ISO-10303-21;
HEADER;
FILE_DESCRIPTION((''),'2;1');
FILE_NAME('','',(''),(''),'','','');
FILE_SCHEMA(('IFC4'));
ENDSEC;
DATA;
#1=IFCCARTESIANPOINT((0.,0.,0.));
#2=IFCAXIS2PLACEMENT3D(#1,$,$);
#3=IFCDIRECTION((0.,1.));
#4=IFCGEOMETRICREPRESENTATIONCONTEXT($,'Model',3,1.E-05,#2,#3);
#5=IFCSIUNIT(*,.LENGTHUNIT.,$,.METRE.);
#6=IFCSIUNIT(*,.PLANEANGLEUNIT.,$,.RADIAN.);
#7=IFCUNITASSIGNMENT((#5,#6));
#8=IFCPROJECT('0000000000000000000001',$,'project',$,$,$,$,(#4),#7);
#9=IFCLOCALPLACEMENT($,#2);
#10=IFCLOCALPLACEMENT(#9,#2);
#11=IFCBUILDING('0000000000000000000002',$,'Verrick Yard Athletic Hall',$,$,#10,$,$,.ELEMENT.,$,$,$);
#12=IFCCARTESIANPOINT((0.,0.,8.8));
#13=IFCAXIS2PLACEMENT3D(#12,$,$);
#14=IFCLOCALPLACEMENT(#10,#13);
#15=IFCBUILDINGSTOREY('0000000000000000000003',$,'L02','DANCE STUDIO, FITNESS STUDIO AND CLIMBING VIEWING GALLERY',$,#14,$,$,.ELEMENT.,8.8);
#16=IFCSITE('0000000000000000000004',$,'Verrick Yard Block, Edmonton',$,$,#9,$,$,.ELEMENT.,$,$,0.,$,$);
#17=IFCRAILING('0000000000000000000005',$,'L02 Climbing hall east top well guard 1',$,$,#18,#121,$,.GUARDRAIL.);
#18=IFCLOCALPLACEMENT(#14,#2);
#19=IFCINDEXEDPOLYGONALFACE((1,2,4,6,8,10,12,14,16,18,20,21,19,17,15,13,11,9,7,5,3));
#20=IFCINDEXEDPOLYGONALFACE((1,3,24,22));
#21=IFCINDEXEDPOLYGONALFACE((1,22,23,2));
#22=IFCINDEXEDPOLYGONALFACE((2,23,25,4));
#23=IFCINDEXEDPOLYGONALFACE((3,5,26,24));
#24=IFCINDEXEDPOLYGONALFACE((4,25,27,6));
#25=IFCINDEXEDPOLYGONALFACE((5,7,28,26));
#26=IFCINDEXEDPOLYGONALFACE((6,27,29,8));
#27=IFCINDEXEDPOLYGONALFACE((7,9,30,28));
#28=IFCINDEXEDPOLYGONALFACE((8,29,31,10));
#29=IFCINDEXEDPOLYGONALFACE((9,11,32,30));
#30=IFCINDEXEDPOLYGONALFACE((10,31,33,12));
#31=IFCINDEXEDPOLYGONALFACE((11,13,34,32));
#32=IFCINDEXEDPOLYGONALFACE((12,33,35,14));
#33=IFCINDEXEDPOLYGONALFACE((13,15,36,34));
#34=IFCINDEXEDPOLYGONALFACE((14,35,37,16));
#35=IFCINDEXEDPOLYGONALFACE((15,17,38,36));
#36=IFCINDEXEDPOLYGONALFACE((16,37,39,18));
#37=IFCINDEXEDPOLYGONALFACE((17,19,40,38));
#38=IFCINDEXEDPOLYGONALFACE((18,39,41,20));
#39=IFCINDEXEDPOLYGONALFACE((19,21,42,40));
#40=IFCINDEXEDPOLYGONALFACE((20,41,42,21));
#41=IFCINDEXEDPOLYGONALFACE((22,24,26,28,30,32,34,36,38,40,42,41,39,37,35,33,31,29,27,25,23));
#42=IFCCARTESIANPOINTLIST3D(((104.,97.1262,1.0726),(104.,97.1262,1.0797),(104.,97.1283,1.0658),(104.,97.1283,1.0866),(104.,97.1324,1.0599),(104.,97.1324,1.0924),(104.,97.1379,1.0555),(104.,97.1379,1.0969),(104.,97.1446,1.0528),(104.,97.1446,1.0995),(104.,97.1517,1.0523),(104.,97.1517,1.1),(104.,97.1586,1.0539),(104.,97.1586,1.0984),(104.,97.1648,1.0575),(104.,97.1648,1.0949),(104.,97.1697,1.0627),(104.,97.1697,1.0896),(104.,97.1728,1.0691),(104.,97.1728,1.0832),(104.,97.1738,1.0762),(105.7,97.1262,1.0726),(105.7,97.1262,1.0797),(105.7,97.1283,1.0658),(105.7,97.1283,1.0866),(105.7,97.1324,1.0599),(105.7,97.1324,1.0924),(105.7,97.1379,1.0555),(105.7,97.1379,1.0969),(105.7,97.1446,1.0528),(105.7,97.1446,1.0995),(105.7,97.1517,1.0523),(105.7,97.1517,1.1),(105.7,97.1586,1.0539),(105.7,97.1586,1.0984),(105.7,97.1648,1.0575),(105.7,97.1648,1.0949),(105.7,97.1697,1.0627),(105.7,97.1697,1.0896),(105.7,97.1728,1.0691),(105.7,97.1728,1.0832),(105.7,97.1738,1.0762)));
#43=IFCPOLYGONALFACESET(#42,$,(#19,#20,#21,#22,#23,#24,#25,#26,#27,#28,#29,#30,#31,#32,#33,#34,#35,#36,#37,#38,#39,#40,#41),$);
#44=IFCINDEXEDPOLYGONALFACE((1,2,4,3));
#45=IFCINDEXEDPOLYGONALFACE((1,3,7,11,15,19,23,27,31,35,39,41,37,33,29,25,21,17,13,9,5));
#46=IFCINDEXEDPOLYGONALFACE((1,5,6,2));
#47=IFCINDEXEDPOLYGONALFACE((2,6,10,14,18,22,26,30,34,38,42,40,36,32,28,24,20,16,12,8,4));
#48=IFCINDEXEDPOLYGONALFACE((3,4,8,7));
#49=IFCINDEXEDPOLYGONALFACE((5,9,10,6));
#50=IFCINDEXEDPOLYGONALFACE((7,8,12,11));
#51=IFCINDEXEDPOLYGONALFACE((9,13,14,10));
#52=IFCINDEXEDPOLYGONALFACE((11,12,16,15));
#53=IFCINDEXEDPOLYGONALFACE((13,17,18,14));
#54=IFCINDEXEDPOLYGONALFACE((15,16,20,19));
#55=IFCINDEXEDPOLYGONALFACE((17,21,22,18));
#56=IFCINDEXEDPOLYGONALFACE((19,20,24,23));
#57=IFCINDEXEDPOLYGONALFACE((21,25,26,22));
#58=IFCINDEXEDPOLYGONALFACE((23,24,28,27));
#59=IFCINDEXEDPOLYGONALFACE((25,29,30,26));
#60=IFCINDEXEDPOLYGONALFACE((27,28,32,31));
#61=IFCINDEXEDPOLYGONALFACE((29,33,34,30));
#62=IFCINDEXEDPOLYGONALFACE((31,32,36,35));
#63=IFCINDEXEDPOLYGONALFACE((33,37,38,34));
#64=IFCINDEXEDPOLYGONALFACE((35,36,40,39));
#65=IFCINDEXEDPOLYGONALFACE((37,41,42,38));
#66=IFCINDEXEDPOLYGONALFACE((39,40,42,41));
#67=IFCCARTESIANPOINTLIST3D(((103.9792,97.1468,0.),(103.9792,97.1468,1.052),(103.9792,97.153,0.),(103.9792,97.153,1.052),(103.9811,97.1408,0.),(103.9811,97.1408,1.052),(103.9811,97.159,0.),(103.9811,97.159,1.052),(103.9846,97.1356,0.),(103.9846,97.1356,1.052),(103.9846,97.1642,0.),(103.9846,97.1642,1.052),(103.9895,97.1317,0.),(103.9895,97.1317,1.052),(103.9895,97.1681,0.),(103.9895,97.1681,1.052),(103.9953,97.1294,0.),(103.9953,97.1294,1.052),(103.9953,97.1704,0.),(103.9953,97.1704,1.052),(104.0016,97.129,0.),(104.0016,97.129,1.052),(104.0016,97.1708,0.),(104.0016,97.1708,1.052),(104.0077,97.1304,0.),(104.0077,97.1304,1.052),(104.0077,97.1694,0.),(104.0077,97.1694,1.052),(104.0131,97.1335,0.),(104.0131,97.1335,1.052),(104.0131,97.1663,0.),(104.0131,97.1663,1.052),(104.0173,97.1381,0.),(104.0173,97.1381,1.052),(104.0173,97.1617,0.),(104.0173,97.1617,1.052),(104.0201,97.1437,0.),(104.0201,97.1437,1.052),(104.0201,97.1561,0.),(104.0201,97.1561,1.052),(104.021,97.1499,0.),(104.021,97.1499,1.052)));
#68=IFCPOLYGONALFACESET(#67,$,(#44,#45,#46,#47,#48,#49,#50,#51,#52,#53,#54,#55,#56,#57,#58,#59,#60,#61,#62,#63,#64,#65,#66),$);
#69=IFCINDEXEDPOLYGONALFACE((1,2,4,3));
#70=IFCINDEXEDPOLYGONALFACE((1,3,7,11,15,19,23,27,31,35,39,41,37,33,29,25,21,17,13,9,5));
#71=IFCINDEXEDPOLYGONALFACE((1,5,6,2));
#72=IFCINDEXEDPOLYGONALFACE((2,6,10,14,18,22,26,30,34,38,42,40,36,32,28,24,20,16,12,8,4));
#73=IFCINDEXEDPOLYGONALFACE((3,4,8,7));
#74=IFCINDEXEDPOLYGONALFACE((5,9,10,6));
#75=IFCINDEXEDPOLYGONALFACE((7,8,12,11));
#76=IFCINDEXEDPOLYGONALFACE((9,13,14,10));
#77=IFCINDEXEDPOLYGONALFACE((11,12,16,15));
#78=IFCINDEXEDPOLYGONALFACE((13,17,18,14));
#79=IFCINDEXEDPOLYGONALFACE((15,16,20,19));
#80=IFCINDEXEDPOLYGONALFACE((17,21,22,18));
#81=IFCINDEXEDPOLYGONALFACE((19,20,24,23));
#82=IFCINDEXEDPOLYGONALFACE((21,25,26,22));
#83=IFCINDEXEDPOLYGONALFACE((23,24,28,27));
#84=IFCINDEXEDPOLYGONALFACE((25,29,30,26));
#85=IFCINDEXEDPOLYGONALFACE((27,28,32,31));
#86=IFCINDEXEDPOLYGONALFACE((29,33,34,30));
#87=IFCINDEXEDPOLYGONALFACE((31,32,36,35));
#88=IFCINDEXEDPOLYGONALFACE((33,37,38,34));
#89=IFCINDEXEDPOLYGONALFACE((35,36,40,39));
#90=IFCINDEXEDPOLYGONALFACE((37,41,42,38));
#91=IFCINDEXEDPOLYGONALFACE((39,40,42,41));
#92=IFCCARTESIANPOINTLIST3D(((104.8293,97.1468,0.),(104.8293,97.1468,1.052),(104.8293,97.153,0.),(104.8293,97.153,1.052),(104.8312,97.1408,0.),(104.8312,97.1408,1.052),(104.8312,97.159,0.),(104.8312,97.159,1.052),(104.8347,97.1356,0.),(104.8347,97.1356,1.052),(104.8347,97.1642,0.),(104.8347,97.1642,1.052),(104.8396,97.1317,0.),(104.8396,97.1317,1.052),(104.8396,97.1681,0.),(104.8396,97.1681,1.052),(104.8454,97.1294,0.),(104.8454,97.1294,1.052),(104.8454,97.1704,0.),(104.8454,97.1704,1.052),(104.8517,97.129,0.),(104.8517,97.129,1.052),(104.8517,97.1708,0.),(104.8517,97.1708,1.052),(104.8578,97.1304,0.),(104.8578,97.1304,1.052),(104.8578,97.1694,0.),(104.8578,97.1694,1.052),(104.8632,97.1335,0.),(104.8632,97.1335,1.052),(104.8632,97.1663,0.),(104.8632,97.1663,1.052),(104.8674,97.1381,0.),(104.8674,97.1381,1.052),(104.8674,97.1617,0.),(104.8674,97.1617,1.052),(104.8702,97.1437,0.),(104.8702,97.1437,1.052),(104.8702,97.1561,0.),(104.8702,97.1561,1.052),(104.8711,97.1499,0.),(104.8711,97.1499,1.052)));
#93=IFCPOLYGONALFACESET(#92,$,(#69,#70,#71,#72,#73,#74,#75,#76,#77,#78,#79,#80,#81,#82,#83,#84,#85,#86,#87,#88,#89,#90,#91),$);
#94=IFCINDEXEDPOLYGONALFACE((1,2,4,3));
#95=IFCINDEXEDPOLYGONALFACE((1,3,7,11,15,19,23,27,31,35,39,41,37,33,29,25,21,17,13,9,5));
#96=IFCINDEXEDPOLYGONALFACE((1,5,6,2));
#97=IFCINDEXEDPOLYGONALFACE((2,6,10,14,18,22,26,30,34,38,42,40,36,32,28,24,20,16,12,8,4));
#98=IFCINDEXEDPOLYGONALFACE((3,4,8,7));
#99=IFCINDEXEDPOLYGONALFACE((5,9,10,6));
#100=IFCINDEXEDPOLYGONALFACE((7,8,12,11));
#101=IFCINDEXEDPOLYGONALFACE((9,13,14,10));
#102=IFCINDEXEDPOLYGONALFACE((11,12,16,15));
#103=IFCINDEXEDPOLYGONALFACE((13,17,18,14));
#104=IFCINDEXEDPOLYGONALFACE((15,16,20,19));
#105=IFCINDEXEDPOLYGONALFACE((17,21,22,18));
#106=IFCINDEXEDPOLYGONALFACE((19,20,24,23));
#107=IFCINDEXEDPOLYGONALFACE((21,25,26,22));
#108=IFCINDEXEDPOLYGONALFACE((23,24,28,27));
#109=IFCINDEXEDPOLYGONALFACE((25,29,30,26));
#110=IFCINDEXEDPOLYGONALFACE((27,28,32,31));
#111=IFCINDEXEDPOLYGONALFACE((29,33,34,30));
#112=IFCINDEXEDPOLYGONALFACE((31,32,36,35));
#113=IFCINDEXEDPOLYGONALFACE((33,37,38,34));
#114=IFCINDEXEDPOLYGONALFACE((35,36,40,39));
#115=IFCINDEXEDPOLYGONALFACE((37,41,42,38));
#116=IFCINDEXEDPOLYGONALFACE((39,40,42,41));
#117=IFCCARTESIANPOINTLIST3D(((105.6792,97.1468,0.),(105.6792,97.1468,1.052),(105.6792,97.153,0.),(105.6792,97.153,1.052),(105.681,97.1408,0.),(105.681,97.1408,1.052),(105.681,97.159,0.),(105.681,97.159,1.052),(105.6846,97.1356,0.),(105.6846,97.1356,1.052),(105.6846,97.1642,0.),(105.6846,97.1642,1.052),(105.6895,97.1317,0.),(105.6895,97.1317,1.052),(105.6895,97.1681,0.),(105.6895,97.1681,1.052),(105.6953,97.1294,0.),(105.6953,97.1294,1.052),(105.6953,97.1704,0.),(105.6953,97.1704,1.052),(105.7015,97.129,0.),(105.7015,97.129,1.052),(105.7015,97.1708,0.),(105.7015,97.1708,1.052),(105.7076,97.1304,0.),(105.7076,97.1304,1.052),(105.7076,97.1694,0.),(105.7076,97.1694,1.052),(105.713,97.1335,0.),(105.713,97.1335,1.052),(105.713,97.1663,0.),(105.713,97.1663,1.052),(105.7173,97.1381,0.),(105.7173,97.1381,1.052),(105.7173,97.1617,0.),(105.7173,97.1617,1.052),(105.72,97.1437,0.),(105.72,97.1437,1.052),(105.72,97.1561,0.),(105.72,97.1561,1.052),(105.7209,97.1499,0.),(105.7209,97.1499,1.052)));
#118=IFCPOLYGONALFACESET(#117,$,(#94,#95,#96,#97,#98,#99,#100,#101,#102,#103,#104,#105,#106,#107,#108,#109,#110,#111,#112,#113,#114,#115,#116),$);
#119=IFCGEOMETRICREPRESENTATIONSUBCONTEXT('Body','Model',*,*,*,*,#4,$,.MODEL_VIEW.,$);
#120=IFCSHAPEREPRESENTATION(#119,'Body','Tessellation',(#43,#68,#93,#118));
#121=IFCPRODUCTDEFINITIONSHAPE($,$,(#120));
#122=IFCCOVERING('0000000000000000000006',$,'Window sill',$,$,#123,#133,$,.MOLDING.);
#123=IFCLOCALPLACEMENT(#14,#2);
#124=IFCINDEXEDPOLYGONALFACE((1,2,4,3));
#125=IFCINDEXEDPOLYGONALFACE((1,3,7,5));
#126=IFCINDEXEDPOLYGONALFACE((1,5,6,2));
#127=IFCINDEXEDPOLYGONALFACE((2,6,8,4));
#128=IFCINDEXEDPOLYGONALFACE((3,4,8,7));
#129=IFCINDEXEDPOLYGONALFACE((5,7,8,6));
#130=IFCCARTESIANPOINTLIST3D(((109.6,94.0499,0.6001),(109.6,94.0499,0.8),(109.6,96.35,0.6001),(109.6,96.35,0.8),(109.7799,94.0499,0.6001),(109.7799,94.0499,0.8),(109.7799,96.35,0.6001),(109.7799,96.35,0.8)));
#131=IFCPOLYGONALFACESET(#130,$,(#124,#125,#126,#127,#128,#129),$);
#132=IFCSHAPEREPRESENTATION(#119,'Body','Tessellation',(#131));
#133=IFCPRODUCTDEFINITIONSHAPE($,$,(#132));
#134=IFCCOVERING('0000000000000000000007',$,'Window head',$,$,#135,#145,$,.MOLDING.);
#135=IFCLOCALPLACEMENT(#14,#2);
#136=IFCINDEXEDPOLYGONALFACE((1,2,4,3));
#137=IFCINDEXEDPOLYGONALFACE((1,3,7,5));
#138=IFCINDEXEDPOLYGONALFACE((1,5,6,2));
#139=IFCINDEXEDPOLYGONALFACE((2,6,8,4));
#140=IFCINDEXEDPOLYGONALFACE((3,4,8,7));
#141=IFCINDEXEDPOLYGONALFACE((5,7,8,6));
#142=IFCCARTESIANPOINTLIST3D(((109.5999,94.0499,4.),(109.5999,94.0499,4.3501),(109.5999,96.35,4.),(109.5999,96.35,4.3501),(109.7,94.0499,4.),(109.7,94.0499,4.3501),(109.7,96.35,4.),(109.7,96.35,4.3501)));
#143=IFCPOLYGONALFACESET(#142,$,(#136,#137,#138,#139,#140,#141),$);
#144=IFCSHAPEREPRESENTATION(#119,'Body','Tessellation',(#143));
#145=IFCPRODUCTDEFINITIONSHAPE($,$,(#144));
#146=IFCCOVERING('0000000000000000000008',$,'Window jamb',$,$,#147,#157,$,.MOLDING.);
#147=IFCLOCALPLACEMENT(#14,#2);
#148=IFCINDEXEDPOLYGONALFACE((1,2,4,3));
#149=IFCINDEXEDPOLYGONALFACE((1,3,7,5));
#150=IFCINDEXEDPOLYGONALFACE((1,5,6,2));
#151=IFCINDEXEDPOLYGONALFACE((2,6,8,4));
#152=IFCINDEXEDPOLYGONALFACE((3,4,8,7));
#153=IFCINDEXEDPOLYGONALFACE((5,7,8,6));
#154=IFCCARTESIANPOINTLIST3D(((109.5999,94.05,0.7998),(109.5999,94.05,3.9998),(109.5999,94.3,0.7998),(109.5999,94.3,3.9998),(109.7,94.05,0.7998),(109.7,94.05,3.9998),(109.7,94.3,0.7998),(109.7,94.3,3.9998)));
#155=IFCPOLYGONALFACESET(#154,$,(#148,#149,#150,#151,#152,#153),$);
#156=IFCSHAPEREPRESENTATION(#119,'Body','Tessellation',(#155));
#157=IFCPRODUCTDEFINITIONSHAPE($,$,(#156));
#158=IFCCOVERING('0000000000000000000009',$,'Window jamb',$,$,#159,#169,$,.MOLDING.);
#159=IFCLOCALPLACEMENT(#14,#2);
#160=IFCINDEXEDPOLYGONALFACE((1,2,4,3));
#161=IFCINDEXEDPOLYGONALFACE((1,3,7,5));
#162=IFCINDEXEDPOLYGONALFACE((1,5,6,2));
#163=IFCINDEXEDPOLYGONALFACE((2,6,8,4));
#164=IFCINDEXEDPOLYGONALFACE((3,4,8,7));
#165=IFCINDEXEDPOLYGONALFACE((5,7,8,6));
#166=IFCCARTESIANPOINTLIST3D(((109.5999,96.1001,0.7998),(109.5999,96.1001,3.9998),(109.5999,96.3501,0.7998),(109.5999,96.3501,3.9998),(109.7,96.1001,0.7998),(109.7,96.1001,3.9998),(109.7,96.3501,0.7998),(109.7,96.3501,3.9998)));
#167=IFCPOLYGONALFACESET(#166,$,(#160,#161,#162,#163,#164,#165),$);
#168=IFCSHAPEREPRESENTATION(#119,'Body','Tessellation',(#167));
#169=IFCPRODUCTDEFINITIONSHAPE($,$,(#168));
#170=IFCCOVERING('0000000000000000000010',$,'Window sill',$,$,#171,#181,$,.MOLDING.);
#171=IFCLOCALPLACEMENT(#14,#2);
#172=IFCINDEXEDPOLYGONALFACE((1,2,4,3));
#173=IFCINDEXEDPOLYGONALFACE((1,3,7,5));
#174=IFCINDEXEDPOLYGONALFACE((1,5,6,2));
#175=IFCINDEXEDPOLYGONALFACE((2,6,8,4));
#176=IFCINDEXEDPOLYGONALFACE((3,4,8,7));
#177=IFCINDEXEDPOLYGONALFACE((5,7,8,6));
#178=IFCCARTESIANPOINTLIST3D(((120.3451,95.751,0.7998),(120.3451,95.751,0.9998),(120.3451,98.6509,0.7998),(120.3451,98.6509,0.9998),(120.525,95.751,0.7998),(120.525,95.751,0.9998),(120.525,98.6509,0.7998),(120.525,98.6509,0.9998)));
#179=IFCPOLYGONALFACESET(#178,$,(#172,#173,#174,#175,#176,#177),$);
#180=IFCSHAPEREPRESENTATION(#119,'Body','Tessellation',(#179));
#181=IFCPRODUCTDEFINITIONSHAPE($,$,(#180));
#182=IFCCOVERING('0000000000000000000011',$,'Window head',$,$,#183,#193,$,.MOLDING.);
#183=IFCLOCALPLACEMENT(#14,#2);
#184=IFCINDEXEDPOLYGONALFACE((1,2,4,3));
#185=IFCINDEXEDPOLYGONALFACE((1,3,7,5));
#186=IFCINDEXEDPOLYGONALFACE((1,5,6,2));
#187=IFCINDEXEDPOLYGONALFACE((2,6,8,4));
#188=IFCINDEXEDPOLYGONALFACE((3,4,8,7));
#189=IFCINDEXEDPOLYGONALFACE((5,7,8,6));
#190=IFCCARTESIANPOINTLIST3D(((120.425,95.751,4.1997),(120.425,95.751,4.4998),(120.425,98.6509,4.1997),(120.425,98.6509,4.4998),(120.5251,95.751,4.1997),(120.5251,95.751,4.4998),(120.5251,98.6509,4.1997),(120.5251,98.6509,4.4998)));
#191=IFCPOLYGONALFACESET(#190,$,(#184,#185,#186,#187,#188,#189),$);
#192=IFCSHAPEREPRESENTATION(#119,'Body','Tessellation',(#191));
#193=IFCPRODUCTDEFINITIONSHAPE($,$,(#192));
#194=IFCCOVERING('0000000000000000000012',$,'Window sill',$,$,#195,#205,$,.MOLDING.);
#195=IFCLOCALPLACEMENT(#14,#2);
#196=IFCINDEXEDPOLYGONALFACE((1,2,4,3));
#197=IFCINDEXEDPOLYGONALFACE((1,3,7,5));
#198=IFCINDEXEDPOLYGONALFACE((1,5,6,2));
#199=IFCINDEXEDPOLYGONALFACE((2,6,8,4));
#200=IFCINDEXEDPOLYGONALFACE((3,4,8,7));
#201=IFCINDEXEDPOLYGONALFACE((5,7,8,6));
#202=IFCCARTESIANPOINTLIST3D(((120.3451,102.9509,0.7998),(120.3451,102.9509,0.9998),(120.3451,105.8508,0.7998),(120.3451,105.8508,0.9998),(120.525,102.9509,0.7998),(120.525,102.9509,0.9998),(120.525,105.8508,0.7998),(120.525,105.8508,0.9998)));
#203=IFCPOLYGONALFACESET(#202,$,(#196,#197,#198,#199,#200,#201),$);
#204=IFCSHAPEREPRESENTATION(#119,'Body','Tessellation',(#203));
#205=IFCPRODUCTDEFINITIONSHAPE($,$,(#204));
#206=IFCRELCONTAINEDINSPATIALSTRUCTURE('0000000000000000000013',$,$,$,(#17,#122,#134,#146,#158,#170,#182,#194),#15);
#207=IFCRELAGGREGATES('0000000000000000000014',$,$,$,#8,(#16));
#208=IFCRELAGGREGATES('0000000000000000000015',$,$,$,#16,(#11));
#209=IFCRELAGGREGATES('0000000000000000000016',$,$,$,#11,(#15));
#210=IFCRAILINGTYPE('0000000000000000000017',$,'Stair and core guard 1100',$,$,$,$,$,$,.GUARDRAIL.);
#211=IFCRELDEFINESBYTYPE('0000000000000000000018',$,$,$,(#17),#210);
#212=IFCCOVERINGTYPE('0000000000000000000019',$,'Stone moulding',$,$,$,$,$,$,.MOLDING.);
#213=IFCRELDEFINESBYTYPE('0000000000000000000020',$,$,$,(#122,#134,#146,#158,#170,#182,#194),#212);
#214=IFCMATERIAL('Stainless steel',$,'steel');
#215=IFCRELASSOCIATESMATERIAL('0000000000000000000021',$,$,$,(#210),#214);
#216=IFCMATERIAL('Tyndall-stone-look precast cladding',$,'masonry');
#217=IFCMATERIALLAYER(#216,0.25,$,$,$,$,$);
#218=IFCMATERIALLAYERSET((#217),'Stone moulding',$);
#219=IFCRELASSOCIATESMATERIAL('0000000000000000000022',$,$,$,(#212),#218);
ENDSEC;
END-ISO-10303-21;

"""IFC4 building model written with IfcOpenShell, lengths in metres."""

from ifc_helpers import new_model, si_unit, direction, frame, origin, origin_2d, place, context, subcontext, project, spatial, rectangle, circle, extrude, material, layer, layer_set, type_object, element, save


model = new_model("IFC4")

# Units and contexts
model_context = context("Model", 3, precision=1e-05, world=origin(), true_north=direction((0.0, 1.0)))
body_context = subcontext(model_context, "Body", "Model", "MODEL_VIEW")
ifc_project = project(units=[si_unit("LENGTHUNIT", "METRE"), si_unit("PLANEANGLEUNIT", "RADIAN")], contexts=[model_context])

# Site, building, storey
site_placement = place(None, origin())
site = spatial("IfcSite", under=ifc_project, at=site_placement, Name="Verrick Yard Block, Edmonton", CompositionType="ELEMENT", RefElevation=0.0)
building_placement = place(site_placement, origin())
building = spatial("IfcBuilding", under=site, at=building_placement, Name="Verrick Yard Athletic Hall", CompositionType="ELEMENT")
storey_placement = place(building_placement, frame((0.0, 0.0, 8.8)))
storey = spatial("IfcBuildingStorey", under=building, at=storey_placement, Name="L02", Description="DANCE STUDIO, FITNESS STUDIO AND CLIMBING VIEWING GALLERY", CompositionType="ELEMENT", Elevation=8.8)

# Shared definitions
ifc_material_1 = material(Name="Tyndall-stone-look precast cladding", Category="masonry")

# Railing
ifc_material_2 = material(Name="Stainless steel", Category="steel")
railing_type = type_object("IfcRailingType", Name="Stair and core guard 1100", PredefinedType="GUARDRAIL", material=ifc_material_2)
railing_placement = place(storey_placement, frame((104.0, 97.1499, 0.0)))
element("IfcRailing", 1, at=railing_placement, inside=storey, type_object=railing_type, Name="L02 Climbing hall east top well guard 1", PredefinedType="GUARDRAIL", context=body_context, shape_type="SweptSolid", body=[
    extrude(circle(Radius=0.0239, at=origin_2d()), frame((0.0, 0.0, 1.0762), z_axis=(1.0, 0.0, 0.0), x_axis=(0.0, 1.0, 0.0)), (0.0, 0.0, 1.0), 1.7),
    extrude(circle(Radius=0.021, at=origin_2d()), origin(), (0.0, 0.0, 1.0), 1.052),
    extrude(circle(Radius=0.021, at=origin_2d()), frame((0.8501, 0.0, 0.0)), (0.0, 0.0, 1.0), 1.052),
    extrude(circle(Radius=0.021, at=origin_2d()), frame((1.7, 0.0, 0.0)), (0.0, 0.0, 1.0), 1.052),
])

# Coverings
ifc_layer_1 = layer(ifc_material_1, 0.25)
ifc_layer_set_1 = layer_set([ifc_layer_1], Name="Stone moulding")
covering_type = type_object("IfcCoveringType", Name="Stone moulding", PredefinedType="MOLDING", material=ifc_layer_set_1)
covering_1_placement = place(storey_placement, frame((109.6899, 95.2, 0.6001), z_axis=(0.0, 0.0, 1.0), x_axis=(0.0, 1.0, 0.0)))
element("IfcCovering", 2, at=covering_1_placement, inside=storey, type_object=covering_type, Name="Window sill", PredefinedType="MOLDING", context=body_context, shape_type="SweptSolid", body=[
    extrude(rectangle(XDim=2.3, YDim=0.1799, at=origin_2d()), origin(), (0.0, 0.0, 1.0), 0.2),
])
covering_2_placement = place(storey_placement, frame((109.6499, 95.2, 4.0), z_axis=(0.0, 0.0, 1.0), x_axis=(0.0, 1.0, 0.0)))
element("IfcCovering", 3, at=covering_2_placement, inside=storey, type_object=covering_type, Name="Window head", PredefinedType="MOLDING", context=body_context, shape_type="SweptSolid", body=[
    extrude(rectangle(XDim=2.3, YDim=0.1001, at=origin_2d()), origin(), (0.0, 0.0, 1.0), 0.3501),
])
for number, where, z_axis, x_axis, name in (
    (4, (109.6499, 94.175, 0.7998), (0.0, 0.0, 1.0), (0.0, 1.0, 0.0), "Window jamb"),
    (5, (109.6499, 96.2251, 0.7998), (0.0, 0.0, 1.0), (0.0, 1.0, 0.0), "Window jamb"),
):
    element("IfcCovering", number, at=place(storey_placement, frame(where, z_axis=z_axis, x_axis=x_axis)), inside=storey, type_object=covering_type, Name=name, PredefinedType="MOLDING", context=body_context, shape_type="SweptSolid", body=[
        extrude(rectangle(XDim=0.25, YDim=0.1001, at=origin_2d()), origin(), (0.0, 0.0, 1.0), 3.2),
    ])
covering_3_placement = place(storey_placement, frame((120.4351, 97.2009, 0.7998), z_axis=(0.0, 0.0, 1.0), x_axis=(0.0, 1.0, 0.0)))
element("IfcCovering", 6, at=covering_3_placement, inside=storey, type_object=covering_type, Name="Window sill", PredefinedType="MOLDING", context=body_context, shape_type="SweptSolid", body=[
    extrude(rectangle(XDim=2.8999, YDim=0.1799, at=origin_2d()), origin(), (0.0, 0.0, 1.0), 0.2),
])
covering_4_placement = place(storey_placement, frame((120.4751, 97.2009, 4.1997), z_axis=(0.0, 0.0, 1.0), x_axis=(0.0, 1.0, 0.0)))
element("IfcCovering", 7, at=covering_4_placement, inside=storey, type_object=covering_type, Name="Window head", PredefinedType="MOLDING", context=body_context, shape_type="SweptSolid", body=[
    extrude(rectangle(XDim=2.8999, YDim=0.1001, at=origin_2d()), origin(), (0.0, 0.0, 1.0), 0.3),
])
covering_5_placement = place(storey_placement, frame((120.4351, 104.4009, 0.7998), z_axis=(0.0, 0.0, 1.0), x_axis=(0.0, 1.0, 0.0)))
element("IfcCovering", 8, at=covering_5_placement, inside=storey, type_object=covering_type, Name="Window sill", PredefinedType="MOLDING", context=body_context, shape_type="SweptSolid", body=[
    extrude(rectangle(XDim=2.8999, YDim=0.1799, at=origin_2d()), origin(), (0.0, 0.0, 1.0), 0.2),
])

save(model, "model.ifc")
